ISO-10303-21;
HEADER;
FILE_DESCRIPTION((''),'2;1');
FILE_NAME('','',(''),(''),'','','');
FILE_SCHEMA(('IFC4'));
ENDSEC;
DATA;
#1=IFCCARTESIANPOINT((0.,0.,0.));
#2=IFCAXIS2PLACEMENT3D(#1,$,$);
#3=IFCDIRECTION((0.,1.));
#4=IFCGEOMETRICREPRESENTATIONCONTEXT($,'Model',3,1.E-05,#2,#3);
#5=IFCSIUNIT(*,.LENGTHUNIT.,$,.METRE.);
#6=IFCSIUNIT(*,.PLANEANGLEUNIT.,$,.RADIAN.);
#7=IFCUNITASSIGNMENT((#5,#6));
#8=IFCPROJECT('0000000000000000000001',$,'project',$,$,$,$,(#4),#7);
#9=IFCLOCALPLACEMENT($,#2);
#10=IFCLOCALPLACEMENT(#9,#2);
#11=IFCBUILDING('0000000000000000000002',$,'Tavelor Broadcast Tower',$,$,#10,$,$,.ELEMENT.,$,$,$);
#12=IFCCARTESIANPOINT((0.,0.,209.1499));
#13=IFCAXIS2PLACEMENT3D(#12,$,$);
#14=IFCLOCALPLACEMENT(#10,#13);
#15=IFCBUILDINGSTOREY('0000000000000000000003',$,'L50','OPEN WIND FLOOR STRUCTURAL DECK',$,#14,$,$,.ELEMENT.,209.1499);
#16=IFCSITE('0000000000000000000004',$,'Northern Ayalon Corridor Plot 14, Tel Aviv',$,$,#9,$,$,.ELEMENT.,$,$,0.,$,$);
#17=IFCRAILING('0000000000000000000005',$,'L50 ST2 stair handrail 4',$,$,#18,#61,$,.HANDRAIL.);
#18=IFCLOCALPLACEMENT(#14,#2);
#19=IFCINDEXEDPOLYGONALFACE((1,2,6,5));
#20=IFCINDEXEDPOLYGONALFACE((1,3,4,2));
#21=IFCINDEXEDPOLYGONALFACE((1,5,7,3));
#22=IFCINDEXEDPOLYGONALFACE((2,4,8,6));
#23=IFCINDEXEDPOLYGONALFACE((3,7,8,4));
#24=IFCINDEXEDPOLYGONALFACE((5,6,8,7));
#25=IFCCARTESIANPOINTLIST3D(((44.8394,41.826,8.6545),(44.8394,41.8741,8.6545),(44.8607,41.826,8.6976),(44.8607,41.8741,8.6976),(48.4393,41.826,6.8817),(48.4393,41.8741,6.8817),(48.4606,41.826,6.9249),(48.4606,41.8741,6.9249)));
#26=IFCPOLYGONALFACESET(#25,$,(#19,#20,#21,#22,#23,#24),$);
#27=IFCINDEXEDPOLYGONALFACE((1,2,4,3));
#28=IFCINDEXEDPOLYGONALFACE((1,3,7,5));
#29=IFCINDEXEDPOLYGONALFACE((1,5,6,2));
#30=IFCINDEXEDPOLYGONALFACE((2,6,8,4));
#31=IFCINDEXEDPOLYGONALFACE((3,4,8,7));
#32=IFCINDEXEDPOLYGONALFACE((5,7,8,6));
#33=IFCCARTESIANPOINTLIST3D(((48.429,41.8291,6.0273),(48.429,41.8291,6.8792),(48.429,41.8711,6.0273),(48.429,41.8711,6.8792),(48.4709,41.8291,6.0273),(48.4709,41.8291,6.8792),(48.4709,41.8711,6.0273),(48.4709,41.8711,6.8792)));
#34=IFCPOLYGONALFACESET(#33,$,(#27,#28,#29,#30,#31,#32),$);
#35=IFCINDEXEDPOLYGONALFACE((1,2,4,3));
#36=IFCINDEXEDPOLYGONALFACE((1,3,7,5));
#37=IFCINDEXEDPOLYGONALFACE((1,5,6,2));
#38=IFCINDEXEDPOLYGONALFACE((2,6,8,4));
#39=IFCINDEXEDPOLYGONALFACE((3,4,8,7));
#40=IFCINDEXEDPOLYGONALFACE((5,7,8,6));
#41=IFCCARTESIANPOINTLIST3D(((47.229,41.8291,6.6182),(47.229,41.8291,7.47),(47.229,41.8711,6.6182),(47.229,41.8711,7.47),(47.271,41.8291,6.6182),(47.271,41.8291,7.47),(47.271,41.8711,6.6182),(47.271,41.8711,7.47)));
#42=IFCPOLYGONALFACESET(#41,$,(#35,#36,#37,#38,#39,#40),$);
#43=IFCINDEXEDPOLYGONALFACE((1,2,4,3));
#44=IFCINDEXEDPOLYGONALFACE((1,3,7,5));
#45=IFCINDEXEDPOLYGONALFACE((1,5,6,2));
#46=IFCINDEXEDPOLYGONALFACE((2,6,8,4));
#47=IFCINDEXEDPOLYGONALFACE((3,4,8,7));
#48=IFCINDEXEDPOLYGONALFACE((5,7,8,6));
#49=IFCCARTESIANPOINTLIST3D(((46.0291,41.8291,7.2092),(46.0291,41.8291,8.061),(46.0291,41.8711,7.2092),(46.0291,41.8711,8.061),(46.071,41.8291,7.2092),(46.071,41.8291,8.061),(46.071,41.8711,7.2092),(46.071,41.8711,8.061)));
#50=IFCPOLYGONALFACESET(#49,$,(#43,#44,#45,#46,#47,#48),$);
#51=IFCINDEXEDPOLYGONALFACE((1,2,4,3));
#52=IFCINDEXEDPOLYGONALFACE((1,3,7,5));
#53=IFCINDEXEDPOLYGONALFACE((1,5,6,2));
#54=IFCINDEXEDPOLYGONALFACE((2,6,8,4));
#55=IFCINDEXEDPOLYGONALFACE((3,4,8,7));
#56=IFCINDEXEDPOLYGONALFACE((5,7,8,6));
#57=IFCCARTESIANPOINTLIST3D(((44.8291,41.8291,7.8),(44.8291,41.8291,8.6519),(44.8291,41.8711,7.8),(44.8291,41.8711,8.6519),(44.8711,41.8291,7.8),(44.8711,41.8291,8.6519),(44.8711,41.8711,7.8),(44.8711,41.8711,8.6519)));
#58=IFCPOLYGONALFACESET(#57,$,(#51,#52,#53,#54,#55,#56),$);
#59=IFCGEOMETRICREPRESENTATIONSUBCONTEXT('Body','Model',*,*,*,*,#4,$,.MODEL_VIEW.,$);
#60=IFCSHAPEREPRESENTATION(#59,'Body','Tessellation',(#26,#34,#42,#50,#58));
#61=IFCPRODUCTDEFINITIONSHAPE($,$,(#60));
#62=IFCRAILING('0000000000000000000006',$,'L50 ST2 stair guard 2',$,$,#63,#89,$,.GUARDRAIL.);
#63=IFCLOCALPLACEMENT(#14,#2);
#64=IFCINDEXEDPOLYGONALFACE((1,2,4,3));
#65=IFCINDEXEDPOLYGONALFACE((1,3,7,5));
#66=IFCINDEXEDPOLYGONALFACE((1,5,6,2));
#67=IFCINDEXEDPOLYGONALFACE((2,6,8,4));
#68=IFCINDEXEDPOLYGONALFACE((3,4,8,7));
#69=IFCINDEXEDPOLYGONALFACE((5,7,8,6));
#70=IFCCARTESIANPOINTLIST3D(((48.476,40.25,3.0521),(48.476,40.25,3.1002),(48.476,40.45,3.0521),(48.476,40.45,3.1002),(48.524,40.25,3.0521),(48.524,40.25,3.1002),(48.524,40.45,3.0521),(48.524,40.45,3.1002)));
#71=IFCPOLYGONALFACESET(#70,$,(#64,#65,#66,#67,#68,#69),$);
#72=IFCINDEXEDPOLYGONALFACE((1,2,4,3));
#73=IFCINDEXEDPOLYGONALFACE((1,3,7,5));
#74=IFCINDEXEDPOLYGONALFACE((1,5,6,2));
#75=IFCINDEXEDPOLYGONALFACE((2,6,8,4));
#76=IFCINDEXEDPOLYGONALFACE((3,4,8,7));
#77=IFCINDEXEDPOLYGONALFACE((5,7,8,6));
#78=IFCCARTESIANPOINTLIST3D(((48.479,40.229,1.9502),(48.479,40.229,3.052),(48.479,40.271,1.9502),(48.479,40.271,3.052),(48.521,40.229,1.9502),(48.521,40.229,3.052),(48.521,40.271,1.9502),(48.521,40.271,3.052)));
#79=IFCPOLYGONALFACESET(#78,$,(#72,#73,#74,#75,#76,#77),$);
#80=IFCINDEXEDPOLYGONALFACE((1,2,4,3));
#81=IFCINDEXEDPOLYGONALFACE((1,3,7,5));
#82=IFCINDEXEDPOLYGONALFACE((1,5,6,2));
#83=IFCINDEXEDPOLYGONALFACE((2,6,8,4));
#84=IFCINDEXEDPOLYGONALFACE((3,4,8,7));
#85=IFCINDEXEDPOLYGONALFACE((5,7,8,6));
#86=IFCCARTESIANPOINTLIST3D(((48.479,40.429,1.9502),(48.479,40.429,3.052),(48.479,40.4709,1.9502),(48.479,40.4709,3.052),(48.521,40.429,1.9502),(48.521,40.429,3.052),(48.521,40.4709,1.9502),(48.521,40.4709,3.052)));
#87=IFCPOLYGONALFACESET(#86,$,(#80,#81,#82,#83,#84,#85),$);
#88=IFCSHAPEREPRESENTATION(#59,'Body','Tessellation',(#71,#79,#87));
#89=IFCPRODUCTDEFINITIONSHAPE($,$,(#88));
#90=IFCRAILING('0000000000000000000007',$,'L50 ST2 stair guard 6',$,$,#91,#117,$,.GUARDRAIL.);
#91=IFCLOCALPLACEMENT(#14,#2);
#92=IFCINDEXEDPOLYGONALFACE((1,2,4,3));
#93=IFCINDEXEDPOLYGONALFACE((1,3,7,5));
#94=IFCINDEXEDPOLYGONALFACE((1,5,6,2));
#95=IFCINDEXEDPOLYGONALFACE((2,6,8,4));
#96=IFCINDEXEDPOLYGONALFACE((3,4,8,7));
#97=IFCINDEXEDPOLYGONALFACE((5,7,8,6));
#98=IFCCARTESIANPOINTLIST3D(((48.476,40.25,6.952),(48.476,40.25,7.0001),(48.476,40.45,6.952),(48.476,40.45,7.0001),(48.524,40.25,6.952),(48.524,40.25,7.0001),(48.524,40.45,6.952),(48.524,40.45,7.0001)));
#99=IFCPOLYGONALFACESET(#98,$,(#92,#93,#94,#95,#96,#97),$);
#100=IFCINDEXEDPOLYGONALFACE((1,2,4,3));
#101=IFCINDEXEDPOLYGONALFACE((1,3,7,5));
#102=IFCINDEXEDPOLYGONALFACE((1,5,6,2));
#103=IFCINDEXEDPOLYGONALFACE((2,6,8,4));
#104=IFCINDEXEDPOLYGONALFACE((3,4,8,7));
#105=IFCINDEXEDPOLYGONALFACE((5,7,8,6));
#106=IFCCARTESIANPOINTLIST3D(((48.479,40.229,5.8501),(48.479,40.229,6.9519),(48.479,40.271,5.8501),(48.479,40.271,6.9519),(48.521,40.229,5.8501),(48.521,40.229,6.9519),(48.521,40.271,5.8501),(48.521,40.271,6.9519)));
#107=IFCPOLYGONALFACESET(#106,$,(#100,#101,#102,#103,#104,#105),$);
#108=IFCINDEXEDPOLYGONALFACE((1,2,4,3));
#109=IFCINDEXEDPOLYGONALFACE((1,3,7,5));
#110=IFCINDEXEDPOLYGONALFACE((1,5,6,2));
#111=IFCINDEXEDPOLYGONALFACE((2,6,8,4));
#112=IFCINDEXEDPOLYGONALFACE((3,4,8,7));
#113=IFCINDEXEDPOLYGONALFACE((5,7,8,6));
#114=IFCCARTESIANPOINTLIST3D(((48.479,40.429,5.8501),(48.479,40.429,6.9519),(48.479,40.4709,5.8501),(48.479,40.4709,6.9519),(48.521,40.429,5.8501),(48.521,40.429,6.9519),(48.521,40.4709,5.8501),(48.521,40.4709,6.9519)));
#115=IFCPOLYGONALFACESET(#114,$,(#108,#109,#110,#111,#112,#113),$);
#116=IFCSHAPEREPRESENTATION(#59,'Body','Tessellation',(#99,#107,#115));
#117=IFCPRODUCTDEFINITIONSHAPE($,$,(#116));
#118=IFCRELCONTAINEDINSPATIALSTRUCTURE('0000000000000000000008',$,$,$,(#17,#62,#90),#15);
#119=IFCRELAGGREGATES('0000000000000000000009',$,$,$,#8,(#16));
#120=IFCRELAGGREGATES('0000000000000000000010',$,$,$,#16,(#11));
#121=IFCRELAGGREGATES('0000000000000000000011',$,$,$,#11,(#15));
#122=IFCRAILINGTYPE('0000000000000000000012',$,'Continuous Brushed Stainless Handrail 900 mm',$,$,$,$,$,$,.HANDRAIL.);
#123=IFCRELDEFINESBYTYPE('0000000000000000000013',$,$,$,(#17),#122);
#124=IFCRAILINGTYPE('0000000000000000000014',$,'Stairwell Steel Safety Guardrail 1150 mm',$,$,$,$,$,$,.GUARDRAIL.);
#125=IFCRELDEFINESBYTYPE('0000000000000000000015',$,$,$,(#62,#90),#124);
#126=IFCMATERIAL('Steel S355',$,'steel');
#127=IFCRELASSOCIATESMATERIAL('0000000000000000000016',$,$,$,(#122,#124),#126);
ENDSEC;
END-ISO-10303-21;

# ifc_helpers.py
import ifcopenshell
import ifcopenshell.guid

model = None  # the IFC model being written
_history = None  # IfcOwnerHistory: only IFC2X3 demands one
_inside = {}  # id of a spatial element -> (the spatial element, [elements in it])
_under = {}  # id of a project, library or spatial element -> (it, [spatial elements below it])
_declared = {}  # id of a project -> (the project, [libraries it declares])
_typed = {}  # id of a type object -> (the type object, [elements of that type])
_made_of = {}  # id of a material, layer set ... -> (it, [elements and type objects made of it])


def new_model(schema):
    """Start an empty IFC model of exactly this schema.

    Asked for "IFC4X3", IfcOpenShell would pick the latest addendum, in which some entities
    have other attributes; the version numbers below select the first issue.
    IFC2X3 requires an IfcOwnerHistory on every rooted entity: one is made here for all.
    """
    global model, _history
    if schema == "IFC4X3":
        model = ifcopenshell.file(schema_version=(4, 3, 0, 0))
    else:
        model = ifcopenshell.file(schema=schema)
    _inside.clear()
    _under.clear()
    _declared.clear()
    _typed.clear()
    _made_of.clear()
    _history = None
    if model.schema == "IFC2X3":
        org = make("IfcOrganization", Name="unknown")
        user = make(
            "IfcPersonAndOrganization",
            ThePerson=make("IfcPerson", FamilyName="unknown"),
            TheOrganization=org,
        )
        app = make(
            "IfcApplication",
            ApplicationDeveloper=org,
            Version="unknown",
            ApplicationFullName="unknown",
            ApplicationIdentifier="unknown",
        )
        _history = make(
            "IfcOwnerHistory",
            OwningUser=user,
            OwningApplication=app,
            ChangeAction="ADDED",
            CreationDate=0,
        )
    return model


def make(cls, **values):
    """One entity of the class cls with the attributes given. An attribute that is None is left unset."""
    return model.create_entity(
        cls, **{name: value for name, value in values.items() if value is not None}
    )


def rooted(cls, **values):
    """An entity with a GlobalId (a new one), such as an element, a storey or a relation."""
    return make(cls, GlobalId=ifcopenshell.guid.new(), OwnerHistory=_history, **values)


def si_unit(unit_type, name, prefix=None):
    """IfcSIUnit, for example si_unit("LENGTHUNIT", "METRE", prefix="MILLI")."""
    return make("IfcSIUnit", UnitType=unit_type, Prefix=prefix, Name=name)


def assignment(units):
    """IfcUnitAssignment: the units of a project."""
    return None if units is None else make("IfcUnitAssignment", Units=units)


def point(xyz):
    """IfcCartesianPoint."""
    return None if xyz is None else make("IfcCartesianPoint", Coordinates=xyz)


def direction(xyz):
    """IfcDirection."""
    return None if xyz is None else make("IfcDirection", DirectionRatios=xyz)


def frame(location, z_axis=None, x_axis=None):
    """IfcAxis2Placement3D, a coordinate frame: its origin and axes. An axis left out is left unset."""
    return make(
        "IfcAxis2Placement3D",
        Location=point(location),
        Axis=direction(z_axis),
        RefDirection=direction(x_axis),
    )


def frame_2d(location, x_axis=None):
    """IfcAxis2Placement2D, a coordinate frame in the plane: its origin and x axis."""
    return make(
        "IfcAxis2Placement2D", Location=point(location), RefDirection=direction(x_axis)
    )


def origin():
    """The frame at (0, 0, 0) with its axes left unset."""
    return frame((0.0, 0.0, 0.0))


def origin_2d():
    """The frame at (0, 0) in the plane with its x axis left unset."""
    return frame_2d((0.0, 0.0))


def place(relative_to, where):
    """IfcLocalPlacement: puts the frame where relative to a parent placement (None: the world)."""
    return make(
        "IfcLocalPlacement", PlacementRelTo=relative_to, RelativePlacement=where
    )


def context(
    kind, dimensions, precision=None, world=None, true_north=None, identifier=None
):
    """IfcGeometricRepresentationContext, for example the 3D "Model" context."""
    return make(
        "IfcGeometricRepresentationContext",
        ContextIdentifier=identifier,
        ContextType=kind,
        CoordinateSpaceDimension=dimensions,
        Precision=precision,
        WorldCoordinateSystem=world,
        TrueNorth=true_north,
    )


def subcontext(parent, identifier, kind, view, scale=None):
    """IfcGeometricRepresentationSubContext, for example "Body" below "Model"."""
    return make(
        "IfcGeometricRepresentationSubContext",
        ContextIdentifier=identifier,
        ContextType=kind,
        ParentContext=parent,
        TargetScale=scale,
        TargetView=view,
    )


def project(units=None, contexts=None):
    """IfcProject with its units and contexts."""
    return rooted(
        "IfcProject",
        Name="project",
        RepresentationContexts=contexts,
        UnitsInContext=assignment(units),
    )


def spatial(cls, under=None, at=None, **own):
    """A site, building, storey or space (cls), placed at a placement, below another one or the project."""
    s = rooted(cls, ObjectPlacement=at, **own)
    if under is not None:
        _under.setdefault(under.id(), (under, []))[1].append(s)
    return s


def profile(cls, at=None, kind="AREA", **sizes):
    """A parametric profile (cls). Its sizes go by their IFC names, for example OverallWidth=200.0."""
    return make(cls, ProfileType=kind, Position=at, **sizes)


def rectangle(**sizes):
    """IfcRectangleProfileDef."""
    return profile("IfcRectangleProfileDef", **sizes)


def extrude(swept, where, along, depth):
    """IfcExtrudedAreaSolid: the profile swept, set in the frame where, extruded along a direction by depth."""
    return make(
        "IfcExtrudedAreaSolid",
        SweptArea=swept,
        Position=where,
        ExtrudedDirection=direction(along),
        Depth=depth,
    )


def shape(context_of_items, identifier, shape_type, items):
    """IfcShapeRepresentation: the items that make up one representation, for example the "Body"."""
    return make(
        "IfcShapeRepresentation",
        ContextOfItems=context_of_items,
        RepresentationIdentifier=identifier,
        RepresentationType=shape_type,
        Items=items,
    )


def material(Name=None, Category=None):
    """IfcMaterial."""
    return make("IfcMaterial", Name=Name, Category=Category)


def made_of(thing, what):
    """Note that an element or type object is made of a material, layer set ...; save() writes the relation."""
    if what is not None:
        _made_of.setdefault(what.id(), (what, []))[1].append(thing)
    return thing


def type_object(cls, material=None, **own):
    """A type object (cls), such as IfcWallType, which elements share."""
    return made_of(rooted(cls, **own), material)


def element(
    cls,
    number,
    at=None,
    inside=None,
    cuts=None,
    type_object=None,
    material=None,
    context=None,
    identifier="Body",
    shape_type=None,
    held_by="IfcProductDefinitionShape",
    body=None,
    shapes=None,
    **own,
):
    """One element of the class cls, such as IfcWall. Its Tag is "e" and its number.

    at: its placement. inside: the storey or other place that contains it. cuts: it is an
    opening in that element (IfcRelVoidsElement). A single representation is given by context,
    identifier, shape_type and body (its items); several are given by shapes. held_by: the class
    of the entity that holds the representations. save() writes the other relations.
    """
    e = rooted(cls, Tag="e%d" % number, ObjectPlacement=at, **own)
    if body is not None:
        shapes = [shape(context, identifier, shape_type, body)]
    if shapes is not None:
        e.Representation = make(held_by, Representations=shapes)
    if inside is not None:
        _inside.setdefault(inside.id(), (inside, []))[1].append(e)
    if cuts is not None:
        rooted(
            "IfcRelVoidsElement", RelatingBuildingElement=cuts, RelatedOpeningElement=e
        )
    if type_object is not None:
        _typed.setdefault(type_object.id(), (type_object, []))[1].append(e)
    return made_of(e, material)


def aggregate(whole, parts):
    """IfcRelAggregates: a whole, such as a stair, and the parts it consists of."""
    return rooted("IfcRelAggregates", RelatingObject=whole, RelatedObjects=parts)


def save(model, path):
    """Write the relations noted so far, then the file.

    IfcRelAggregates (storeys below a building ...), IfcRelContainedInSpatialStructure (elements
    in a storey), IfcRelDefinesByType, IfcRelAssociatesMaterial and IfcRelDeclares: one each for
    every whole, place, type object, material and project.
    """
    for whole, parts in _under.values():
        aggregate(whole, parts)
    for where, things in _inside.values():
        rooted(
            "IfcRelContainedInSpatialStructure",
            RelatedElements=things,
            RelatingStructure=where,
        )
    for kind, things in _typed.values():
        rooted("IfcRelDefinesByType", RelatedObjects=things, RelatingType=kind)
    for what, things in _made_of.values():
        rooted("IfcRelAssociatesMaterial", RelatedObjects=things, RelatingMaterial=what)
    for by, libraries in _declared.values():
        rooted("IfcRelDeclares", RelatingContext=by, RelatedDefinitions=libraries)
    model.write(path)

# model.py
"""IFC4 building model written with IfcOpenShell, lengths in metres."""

from ifc_helpers import new_model, si_unit, direction, frame, origin, origin_2d, place, context, subcontext, project, spatial, rectangle, extrude, material, type_object, element, save


model = new_model("IFC4")

# Units and contexts
model_context = context("Model", 3, precision=1e-05, world=origin(), true_north=direction((0.0, 1.0)))
body_context = subcontext(model_context, "Body", "Model", "MODEL_VIEW")
ifc_project = project(units=[si_unit("LENGTHUNIT", "METRE"), si_unit("PLANEANGLEUNIT", "RADIAN")], contexts=[model_context])

# Site, building, storey
site_placement = place(None, origin())
site = spatial("IfcSite", under=ifc_project, at=site_placement, Name="Northern Ayalon Corridor Plot 14, Tel Aviv", CompositionType="ELEMENT", RefElevation=0.0)
building_placement = place(site_placement, origin())
building = spatial("IfcBuilding", under=site, at=building_placement, Name="Tavelor Broadcast Tower", CompositionType="ELEMENT")
storey_placement = place(building_placement, frame((0.0, 0.0, 209.1499)))
storey = spatial("IfcBuildingStorey", under=building, at=storey_placement, Name="L50", Description="OPEN WIND FLOOR STRUCTURAL DECK", CompositionType="ELEMENT", Elevation=209.1499)

# Shared definitions
ifc_material_1 = material(Name="Steel S355", Category="steel")

# Railings
railing_type_1 = type_object("IfcRailingType", Name="Continuous Brushed Stainless Handrail 900 mm", PredefinedType="HANDRAIL", material=ifc_material_1)
railing_placement = place(storey_placement, frame((48.45, 41.8501, 6.0273)))
element("IfcRailing", 1, at=railing_placement, inside=storey, type_object=railing_type_1, Name="L50 ST2 stair handrail 4", PredefinedType="HANDRAIL", context=body_context, shape_type="SweptSolid", body=[
    extrude(rectangle(XDim=0.0481, YDim=0.0481, at=origin_2d()), frame((0.0, 0.0, 0.876), z_axis=(-0.897124, 0.0, 0.441778), x_axis=(0.0, -1.0, 0.0)), (0.0, 0.0, 1.0), 4.0127),
    extrude(rectangle(XDim=0.042, YDim=0.042, at=origin_2d()), origin(), (0.0, 0.0, 1.0), 0.8518),
    extrude(rectangle(XDim=0.042, YDim=0.042, at=origin_2d()), frame((-1.2, 0.0, 0.5908)), (0.0, 0.0, 1.0), 0.8518),
    extrude(rectangle(XDim=0.042, YDim=0.042, at=origin_2d()), frame((-2.3999, 0.0, 1.1819)), (0.0, 0.0, 1.0), 0.8518),
    extrude(rectangle(XDim=0.042, YDim=0.042, at=origin_2d()), frame((-3.5999, 0.0, 1.7727)), (0.0, 0.0, 1.0), 0.8518),
])
railing_type_2 = type_object("IfcRailingType", Name="Stairwell Steel Safety Guardrail 1150 mm", PredefinedType="GUARDRAIL", material=ifc_material_1)
for number, where, name in (
    (2, (48.5, 40.25, 1.9502), "L50 ST2 stair guard 2"),
    (3, (48.5, 40.25, 5.8501), "L50 ST2 stair guard 6"),
):
    element("IfcRailing", number, at=place(storey_placement, frame(where)), inside=storey, type_object=railing_type_2, Name=name, PredefinedType="GUARDRAIL", context=body_context, shape_type="SweptSolid", body=[
        extrude(rectangle(XDim=0.0481, YDim=0.0481, at=origin_2d()), frame((0.0, 0.0, 1.126), z_axis=(0.0, 1.0, 0.0), x_axis=(-1.0, 0.0, 0.0)), (0.0, 0.0, 1.0), 0.2),
        extrude(rectangle(XDim=0.042, YDim=0.042, at=origin_2d()), origin(), (0.0, 0.0, 1.0), 1.1018),
        extrude(rectangle(XDim=0.042, YDim=0.042, at=origin_2d()), frame((0.0, 0.2, 0.0)), (0.0, 0.0, 1.0), 1.1018),
    ])

save(model, "model.ifc")
